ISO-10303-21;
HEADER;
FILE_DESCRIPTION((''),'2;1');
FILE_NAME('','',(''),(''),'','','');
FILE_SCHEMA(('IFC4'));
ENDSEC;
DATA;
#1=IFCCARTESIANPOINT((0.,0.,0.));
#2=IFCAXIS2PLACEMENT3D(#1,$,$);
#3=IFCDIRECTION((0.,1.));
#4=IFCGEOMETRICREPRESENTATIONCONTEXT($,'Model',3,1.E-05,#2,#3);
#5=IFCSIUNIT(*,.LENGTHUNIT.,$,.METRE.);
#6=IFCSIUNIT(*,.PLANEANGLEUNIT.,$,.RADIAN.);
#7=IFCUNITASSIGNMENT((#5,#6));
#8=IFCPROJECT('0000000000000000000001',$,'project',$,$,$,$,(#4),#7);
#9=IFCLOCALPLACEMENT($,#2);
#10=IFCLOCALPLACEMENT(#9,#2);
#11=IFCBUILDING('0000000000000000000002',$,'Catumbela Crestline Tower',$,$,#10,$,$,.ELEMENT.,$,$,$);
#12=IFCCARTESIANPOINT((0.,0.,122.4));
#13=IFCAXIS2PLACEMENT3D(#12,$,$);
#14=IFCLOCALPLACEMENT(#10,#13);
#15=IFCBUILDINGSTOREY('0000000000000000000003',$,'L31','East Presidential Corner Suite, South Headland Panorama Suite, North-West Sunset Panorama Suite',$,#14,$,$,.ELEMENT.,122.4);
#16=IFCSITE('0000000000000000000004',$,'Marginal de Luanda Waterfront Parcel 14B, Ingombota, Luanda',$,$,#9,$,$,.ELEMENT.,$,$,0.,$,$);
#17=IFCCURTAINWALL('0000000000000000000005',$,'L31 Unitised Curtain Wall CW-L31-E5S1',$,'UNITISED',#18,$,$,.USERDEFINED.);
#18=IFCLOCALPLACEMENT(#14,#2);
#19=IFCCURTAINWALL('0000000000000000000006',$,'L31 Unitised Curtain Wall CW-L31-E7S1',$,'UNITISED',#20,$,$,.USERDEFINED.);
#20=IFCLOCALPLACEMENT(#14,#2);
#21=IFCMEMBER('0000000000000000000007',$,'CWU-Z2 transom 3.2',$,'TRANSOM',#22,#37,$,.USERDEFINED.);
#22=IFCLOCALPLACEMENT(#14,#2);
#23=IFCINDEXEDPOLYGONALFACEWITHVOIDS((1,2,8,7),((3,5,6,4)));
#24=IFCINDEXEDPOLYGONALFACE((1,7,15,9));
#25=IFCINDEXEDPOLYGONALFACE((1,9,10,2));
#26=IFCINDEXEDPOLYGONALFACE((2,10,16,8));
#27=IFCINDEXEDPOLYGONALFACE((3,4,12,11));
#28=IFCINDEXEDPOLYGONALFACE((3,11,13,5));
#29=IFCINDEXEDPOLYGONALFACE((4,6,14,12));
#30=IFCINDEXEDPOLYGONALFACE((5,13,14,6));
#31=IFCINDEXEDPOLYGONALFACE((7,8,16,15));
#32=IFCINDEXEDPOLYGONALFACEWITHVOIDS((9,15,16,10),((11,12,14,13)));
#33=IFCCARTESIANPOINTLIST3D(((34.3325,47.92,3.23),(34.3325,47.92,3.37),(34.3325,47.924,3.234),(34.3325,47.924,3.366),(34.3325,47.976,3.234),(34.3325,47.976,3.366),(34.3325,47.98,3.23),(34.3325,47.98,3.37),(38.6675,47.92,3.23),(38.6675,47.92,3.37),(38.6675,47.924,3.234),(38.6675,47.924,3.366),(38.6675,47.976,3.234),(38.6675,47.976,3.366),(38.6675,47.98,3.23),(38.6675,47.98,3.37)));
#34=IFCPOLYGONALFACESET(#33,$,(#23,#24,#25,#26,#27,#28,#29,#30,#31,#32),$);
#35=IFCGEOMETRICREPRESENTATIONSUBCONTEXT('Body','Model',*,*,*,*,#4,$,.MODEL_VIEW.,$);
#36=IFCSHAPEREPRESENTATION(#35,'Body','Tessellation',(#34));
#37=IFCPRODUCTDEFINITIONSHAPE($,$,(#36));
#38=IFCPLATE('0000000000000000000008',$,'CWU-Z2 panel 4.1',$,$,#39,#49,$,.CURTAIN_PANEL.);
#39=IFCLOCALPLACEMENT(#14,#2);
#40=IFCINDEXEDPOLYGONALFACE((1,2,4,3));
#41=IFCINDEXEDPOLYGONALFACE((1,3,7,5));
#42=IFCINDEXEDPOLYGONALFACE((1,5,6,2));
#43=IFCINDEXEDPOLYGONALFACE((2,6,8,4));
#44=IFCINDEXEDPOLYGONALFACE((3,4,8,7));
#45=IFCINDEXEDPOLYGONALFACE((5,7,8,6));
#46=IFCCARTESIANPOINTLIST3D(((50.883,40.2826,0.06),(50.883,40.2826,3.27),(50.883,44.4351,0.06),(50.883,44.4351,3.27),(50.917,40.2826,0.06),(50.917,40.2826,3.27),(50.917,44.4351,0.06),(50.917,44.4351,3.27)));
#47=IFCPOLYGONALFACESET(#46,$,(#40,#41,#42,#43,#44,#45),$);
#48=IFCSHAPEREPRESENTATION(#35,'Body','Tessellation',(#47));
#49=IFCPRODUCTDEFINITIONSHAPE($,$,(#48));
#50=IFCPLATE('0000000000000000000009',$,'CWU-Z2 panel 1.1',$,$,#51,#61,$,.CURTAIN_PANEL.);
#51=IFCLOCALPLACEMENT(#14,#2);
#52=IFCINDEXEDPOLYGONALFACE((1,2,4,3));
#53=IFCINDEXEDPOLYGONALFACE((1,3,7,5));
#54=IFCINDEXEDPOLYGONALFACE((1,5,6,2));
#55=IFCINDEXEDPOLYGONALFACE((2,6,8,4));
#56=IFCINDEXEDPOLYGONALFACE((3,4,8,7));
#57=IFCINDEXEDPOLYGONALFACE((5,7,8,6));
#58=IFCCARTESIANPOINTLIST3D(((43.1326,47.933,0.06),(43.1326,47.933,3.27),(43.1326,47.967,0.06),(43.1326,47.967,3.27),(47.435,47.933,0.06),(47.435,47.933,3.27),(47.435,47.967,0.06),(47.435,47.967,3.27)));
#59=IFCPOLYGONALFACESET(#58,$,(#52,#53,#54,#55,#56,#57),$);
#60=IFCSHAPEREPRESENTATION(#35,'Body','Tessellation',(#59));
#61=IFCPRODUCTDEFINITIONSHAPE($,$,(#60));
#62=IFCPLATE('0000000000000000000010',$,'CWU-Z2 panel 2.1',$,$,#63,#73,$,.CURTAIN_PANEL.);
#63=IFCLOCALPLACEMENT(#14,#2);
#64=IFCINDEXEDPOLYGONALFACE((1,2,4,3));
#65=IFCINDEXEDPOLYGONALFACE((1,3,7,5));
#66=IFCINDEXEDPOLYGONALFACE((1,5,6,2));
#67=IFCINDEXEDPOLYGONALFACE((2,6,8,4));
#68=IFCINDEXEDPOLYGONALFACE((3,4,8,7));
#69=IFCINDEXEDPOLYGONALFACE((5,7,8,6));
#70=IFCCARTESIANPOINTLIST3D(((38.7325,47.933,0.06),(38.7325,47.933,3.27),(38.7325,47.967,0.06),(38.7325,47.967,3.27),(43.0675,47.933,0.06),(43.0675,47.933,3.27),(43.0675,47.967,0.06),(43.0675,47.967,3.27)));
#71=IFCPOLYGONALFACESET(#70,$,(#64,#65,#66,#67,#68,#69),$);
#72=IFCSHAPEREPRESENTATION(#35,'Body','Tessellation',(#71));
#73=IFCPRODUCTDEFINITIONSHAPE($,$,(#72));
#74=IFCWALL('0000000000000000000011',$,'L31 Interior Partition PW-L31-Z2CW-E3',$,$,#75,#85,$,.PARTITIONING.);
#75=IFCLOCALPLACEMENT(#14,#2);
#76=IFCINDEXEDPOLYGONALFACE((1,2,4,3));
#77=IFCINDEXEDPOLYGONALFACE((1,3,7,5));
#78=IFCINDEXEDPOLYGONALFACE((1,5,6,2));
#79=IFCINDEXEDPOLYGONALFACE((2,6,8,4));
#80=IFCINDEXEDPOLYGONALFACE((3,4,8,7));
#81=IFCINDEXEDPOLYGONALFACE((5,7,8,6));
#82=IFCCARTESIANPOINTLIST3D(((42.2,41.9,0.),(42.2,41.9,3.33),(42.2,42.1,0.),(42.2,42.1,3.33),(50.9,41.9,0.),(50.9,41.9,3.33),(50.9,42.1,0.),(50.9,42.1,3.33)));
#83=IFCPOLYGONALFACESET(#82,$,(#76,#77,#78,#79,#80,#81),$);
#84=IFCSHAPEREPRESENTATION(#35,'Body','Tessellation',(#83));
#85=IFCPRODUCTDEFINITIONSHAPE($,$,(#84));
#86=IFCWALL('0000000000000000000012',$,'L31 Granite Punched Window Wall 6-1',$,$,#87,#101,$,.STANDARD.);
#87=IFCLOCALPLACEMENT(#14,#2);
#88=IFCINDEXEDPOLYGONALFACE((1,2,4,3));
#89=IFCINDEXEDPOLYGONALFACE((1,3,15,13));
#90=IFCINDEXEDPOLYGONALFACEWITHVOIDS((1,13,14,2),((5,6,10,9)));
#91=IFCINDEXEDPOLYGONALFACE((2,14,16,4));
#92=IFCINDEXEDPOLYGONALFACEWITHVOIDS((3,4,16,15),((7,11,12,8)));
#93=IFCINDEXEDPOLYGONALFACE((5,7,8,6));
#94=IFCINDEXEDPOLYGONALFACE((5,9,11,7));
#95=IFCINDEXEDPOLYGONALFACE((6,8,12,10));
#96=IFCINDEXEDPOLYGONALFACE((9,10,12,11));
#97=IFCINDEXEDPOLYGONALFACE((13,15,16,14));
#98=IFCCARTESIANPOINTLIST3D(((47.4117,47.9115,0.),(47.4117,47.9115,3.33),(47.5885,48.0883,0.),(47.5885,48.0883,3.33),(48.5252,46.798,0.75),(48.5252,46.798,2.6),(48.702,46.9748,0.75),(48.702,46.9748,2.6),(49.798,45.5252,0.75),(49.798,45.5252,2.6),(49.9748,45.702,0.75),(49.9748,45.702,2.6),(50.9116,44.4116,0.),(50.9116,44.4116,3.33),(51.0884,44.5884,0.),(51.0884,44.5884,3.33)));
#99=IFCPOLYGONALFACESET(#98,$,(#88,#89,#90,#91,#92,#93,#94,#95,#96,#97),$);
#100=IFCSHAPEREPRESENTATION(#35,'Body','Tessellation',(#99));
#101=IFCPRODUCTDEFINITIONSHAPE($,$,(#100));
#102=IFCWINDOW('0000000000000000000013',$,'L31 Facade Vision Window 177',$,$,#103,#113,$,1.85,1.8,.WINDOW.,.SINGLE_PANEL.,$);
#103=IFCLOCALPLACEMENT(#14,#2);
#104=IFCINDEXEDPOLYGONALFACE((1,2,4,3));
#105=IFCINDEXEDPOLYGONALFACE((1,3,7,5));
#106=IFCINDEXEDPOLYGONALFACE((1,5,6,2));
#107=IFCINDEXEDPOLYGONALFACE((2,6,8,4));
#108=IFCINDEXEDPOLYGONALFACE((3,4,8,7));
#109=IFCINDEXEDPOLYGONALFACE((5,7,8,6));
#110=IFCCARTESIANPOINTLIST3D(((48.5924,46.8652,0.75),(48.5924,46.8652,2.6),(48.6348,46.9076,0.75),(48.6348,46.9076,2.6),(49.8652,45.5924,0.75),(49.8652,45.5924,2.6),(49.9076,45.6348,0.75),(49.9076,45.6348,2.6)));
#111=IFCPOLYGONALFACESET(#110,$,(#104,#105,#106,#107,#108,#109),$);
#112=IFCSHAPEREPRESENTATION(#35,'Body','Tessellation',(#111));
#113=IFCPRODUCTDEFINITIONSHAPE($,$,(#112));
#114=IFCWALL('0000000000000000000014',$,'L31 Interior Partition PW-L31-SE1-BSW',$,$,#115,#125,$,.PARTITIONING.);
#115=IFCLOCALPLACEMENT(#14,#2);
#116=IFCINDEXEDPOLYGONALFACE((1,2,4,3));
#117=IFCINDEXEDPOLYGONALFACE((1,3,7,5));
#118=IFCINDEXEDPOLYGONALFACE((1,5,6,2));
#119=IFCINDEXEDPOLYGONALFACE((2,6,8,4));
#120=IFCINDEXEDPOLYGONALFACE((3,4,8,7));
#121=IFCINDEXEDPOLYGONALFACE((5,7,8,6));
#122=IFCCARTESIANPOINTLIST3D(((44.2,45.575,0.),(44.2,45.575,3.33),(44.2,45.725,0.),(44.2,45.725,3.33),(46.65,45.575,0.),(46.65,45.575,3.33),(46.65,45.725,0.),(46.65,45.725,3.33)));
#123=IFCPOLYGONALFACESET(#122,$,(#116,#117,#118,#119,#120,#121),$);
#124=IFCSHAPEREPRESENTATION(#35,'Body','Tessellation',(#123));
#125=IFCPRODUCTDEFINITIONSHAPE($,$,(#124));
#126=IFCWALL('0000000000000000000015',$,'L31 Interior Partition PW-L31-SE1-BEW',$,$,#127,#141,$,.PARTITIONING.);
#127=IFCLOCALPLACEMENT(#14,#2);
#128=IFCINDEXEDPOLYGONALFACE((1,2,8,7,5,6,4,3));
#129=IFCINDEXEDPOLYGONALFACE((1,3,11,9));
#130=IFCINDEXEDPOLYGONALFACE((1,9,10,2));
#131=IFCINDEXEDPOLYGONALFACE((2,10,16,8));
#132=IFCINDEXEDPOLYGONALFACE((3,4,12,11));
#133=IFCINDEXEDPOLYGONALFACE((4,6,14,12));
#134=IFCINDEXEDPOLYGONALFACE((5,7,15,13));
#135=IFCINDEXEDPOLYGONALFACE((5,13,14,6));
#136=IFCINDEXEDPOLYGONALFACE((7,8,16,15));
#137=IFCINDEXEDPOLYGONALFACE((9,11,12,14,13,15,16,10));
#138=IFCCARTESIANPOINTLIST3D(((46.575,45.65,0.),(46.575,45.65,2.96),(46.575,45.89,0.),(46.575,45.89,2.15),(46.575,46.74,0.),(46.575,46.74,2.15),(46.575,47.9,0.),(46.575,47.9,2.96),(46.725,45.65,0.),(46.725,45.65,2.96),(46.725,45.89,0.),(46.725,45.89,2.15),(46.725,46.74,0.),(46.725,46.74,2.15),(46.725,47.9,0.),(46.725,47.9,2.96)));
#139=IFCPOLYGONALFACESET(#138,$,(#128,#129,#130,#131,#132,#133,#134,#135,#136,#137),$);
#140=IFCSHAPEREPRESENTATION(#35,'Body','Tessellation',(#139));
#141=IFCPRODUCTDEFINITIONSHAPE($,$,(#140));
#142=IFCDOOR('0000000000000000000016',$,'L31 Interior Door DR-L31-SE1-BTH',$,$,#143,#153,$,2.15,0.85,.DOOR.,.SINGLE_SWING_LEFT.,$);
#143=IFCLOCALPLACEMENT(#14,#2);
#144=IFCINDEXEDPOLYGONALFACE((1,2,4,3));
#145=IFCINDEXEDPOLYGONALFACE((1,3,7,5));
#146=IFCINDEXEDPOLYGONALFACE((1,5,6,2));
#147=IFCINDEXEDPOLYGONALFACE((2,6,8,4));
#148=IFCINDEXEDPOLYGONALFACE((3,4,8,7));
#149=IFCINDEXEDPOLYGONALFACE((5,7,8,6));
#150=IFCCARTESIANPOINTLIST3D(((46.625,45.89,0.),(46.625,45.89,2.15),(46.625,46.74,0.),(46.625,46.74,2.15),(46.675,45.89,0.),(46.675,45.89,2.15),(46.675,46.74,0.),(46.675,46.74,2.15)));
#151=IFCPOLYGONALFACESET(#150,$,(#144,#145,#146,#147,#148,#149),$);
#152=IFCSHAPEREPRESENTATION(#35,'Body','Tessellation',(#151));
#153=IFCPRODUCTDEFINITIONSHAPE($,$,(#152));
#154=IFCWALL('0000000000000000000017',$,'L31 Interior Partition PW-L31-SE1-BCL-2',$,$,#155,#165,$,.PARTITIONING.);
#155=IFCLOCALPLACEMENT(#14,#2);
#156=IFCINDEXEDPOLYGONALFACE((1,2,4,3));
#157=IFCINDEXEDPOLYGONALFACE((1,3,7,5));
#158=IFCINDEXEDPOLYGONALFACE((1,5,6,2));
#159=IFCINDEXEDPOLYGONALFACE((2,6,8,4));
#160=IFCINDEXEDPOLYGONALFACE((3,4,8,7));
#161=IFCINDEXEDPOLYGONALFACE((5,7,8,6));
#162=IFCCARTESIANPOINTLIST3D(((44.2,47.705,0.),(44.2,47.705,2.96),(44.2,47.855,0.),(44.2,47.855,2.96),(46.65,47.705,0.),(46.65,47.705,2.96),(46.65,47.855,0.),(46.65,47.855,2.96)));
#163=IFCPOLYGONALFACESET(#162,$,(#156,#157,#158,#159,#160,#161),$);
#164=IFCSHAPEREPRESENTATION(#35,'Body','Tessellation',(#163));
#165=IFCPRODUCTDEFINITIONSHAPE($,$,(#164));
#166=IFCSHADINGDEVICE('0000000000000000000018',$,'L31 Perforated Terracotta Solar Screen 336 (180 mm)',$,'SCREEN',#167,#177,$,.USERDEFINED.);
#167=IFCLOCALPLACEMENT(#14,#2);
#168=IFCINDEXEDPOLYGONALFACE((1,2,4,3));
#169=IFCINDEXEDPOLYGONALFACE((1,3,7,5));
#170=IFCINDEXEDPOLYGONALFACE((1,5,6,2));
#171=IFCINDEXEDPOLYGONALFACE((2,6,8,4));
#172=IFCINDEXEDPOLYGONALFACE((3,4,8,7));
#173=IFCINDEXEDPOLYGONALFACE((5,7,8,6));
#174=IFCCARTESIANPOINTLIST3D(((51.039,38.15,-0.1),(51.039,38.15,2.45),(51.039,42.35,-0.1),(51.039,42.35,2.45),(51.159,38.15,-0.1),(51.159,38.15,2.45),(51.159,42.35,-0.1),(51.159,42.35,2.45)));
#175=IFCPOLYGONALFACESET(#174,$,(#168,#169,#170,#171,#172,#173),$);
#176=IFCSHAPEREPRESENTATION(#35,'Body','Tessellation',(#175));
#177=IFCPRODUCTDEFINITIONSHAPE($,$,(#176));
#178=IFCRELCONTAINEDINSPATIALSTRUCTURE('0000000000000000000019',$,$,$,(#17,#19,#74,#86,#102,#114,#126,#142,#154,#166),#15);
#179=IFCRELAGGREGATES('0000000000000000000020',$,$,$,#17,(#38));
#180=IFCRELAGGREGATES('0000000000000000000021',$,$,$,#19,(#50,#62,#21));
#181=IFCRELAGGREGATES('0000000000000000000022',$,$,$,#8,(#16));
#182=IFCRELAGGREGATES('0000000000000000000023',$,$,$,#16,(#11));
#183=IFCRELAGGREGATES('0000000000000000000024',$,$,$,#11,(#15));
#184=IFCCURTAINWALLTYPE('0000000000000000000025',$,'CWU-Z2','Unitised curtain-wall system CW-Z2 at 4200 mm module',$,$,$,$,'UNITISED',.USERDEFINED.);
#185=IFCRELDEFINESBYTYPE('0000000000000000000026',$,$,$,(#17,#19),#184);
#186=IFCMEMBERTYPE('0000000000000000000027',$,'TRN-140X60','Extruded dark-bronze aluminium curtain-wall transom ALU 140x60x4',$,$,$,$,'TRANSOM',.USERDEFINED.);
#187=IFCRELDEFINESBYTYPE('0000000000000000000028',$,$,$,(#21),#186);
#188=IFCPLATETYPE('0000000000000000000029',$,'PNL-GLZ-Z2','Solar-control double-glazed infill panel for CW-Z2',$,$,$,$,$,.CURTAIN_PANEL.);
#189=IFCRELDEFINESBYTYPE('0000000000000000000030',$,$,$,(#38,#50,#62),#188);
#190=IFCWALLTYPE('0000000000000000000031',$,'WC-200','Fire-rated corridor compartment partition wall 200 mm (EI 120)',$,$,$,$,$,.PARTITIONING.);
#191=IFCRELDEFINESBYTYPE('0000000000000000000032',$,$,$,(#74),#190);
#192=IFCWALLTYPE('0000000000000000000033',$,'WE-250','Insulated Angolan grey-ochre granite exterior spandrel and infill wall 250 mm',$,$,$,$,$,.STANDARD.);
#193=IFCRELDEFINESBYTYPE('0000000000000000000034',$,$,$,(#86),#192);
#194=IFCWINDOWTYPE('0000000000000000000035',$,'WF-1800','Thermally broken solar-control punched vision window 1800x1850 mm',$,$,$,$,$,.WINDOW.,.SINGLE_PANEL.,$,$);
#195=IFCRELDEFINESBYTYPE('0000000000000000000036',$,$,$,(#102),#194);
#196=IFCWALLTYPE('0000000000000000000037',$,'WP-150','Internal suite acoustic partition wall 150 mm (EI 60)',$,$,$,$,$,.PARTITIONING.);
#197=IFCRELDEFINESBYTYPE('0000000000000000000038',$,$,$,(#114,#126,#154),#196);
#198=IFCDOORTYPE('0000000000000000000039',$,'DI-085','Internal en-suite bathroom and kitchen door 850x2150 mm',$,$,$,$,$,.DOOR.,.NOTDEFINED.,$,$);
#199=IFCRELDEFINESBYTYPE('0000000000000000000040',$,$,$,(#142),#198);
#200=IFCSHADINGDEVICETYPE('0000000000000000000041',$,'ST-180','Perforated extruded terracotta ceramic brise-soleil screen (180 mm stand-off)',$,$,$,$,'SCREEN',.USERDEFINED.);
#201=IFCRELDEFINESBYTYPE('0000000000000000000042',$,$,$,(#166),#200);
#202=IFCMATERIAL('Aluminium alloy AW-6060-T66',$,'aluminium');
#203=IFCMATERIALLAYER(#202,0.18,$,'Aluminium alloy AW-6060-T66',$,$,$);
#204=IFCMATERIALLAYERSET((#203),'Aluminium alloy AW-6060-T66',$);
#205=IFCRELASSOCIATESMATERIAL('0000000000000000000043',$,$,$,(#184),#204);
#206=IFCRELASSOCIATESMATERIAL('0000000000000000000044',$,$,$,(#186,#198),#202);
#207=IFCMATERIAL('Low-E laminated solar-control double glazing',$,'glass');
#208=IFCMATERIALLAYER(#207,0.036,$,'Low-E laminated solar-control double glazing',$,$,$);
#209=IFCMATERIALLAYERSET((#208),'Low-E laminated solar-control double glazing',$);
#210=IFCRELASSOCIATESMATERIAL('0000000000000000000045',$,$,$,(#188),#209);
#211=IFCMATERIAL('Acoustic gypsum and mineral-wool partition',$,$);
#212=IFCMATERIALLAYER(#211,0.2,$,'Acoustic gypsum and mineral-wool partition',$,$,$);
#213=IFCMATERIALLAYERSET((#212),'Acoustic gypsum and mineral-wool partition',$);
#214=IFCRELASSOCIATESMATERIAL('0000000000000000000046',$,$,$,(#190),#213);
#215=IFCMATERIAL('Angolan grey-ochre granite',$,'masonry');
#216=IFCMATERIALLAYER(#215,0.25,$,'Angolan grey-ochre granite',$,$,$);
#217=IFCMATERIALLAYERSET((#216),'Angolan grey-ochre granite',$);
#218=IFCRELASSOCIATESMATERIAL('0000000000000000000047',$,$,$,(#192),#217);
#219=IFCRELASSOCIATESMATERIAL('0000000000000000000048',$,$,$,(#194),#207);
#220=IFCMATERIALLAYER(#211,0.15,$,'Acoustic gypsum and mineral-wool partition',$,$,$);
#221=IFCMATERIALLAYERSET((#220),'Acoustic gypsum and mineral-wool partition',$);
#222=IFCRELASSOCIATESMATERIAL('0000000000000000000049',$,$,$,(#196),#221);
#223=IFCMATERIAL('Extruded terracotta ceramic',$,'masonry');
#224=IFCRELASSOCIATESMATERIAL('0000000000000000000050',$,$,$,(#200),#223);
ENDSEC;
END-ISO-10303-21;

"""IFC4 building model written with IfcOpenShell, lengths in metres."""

from ifc_helpers import new_model, si_unit, direction, frame, frame_2d, origin, origin_2d, place, context, subcontext, project, spatial, rectangle, hollow_rectangle, extrude, material, layer, layer_set, material_profile, profile_set, type_object, element, fill, aggregate, save


model = new_model("IFC4")

# Units and contexts
model_context = context("Model", 3, precision=1e-05, world=origin(), true_north=direction((0.0, 1.0)))
body_context = subcontext(model_context, "Body", "Model", "MODEL_VIEW")
ifc_project = project(units=[si_unit("LENGTHUNIT", "METRE"), si_unit("PLANEANGLEUNIT", "RADIAN")], contexts=[model_context])

# Site, building, storey
site_placement = place(None, origin())
site = spatial("IfcSite", under=ifc_project, at=site_placement, Name="Marginal de Luanda Waterfront Parcel 14B, Ingombota, Luanda", CompositionType="ELEMENT", RefElevation=0.0)
building_placement = place(site_placement, origin())
building = spatial("IfcBuilding", under=site, at=building_placement, Name="Catumbela Crestline Tower", CompositionType="ELEMENT")
storey_placement = place(building_placement, frame((0.0, 0.0, 122.4)))
storey = spatial("IfcBuildingStorey", under=building, at=storey_placement, Name="L31", Description="East Presidential Corner Suite, South Headland Panorama Suite, North-West Sunset Panorama Suite", CompositionType="ELEMENT", Elevation=122.4)

# Curtain walls
ifc_material_1 = material(Name="Aluminium alloy AW-6060-T66", Category="aluminium")
ifc_layer_1 = layer(ifc_material_1, 0.18, Name="Aluminium alloy AW-6060-T66")
ifc_layer_set_1 = layer_set([ifc_layer_1], Name="Aluminium alloy AW-6060-T66")
curtain_wall_type = type_object("IfcCurtainWallType", Name="CWU-Z2", Description="Unitised curtain-wall system CW-Z2 at 4200 mm module", ElementType="UNITISED", PredefinedType="USERDEFINED", material=ifc_layer_set_1)
curtain_wall_1_placement = place(storey_placement, origin())
curtain_wall_1 = element("IfcCurtainWall", 1, at=curtain_wall_1_placement, inside=storey, type_object=curtain_wall_type, Name="L31 Unitised Curtain Wall CW-L31-E5S1", ObjectType="UNITISED", PredefinedType="USERDEFINED")
curtain_wall_2_placement = place(storey_placement, origin())
curtain_wall_2 = element("IfcCurtainWall", 2, at=curtain_wall_2_placement, inside=storey, type_object=curtain_wall_type, Name="L31 Unitised Curtain Wall CW-L31-E7S1", ObjectType="UNITISED", PredefinedType="USERDEFINED")

# Member
ifc_material_profile_1 = material_profile(ifc_material_1, hollow_rectangle(XDim=0.06, YDim=0.14, WallThickness=0.004, at=origin_2d()), Name="ALU 140x60x4")
ifc_profile_set_1 = profile_set([ifc_material_profile_1], Name="Aluminium alloy AW-6060-T66")
member_type_1 = type_object("IfcMemberType", Name="TRN-140X60", Description="Extruded dark-bronze aluminium curtain-wall transom ALU 140x60x4", ElementType="TRANSOM", PredefinedType="USERDEFINED", material=ifc_profile_set_1)
member_1_placement = place(storey_placement, frame((38.6675, 47.95, 3.3), z_axis=(-1.0, 0.0, 0.0), x_axis=(0.0, -1.0, 0.0)))
member_1 = element("IfcMember", 3, at=member_1_placement, type_object=member_type_1, Name="CWU-Z2 transom 3.2", ObjectType="TRANSOM", PredefinedType="USERDEFINED", context=body_context, shape_type="SweptSolid", body=[
    extrude(hollow_rectangle(XDim=0.06, YDim=0.14, WallThickness=0.004, at=origin_2d()), origin(), (0.0, 0.0, 1.0), 4.335),
])

# Plates
ifc_material_2 = material(Name="Low-E laminated solar-control double glazing", Category="glass")
ifc_layer_2 = layer(ifc_material_2, 0.036, Name="Low-E laminated solar-control double glazing")
ifc_layer_set_2 = layer_set([ifc_layer_2], Name="Low-E laminated solar-control double glazing")
plate_type = type_object("IfcPlateType", Name="PNL-GLZ-Z2", Description="Solar-control double-glazed infill panel for CW-Z2", PredefinedType="CURTAIN_PANEL", material=ifc_layer_set_2)
plate_1_placement = place(storey_placement, frame((50.9, 42.3588, 0.06), z_axis=(0.0, 0.0, 1.0), x_axis=(0.0, 1.0, 0.0)))
plate_1 = element("IfcPlate", 4, at=plate_1_placement, type_object=plate_type, Name="CWU-Z2 panel 4.1", PredefinedType="CURTAIN_PANEL", context=body_context, shape_type="SweptSolid", body=[
    extrude(rectangle(XDim=4.1525, YDim=0.034, at=origin_2d()), origin(), (0.0, 0.0, 1.0), 3.21),
])
aggregate(curtain_wall_1, [plate_1])
plate_2_placement = place(storey_placement, frame((45.2838, 47.95, 0.06), z_axis=(0.0, 0.0, 1.0), x_axis=(-1.0, 0.0, 0.0)))
plate_2 = element("IfcPlate", 5, at=plate_2_placement, type_object=plate_type, Name="CWU-Z2 panel 1.1", PredefinedType="CURTAIN_PANEL", context=body_context, shape_type="SweptSolid", body=[
    extrude(rectangle(XDim=4.3025, YDim=0.034, at=origin_2d()), origin(), (0.0, 0.0, 1.0), 3.21),
])
plate_3_placement = place(storey_placement, frame((40.9, 47.95, 0.06), z_axis=(0.0, 0.0, 1.0), x_axis=(-1.0, 0.0, 0.0)))
plate_3 = element("IfcPlate", 6, at=plate_3_placement, type_object=plate_type, Name="CWU-Z2 panel 2.1", PredefinedType="CURTAIN_PANEL", context=body_context, shape_type="SweptSolid", body=[
    extrude(rectangle(XDim=4.335, YDim=0.034, at=origin_2d()), origin(), (0.0, 0.0, 1.0), 3.21),
])
aggregate(curtain_wall_2, [plate_2, plate_3, member_1])

# Wall
ifc_material_3 = material(Name="Acoustic gypsum and mineral-wool partition")
ifc_layer_3 = layer(ifc_material_3, 0.2, Name="Acoustic gypsum and mineral-wool partition")
ifc_layer_set_3 = layer_set([ifc_layer_3], Name="Acoustic gypsum and mineral-wool partition")
wall_type_1 = type_object("IfcWallType", Name="WC-200", Description="Fire-rated corridor compartment partition wall 200 mm (EI 120)", PredefinedType="PARTITIONING", material=ifc_layer_set_3)
wall_1_placement = place(storey_placement, frame((42.2, 42.0, 0.0), z_axis=(0.0, 0.0, 1.0), x_axis=(1.0, 0.0, 0.0)))
element("IfcWall", 7, at=wall_1_placement, inside=storey, type_object=wall_type_1, Name="L31 Interior Partition PW-L31-Z2CW-E3", PredefinedType="PARTITIONING", context=body_context, shape_type="SweptSolid", body=[
    extrude(rectangle(XDim=8.7, YDim=0.2, at=frame_2d((4.35, 0.0))), origin(), (0.0, 0.0, 1.0), 3.33),
])

# Wall, opening, window
ifc_material_4 = material(Name="Angolan grey-ochre granite", Category="masonry")
ifc_layer_4 = layer(ifc_material_4, 0.25, Name="Angolan grey-ochre granite")
ifc_layer_set_4 = layer_set([ifc_layer_4], Name="Angolan grey-ochre granite")
wall_type_2 = type_object("IfcWallType", Name="WE-250", Description="Insulated Angolan grey-ochre granite exterior spandrel and infill wall 250 mm", PredefinedType="STANDARD", material=ifc_layer_set_4)
wall_2_placement = place(storey_placement, frame((51.0, 44.5, 0.0), z_axis=(0.0, 0.0, 1.0), x_axis=(-0.707107, 0.707107, 0.0)))
wall_2 = element("IfcWall", 8, at=wall_2_placement, inside=storey, type_object=wall_type_2, Name="L31 Granite Punched Window Wall 6-1", PredefinedType="STANDARD", context=body_context, shape_type="SweptSolid", body=[
    extrude(rectangle(XDim=4.9497, YDim=0.25, at=frame_2d((2.4748, 0.0))), origin(), (0.0, 0.0, 1.0), 3.33),
])
opening_1_placement = place(wall_2_placement, frame((1.5749, 0.0, 0.75)))
opening_1 = element("IfcOpeningElement", 9, at=opening_1_placement, cuts=wall_2, PredefinedType="OPENING", context=body_context, shape_type="SweptSolid", body=[
    extrude(rectangle(XDim=1.8, YDim=1.85, at=frame_2d((0.9, 0.925))), frame((0.0, 0.135, 0.0), z_axis=(0.0, -1.0, 0.0), x_axis=(1.0, 0.0, 0.0)), (0.0, 0.0, 1.0), 0.27),
])
window_type = type_object("IfcWindowType", Name="WF-1800", Description="Thermally broken solar-control punched vision window 1800x1850 mm", PartitioningType="SINGLE_PANEL", PredefinedType="WINDOW", material=ifc_material_2)
window_placement = place(opening_1_placement, origin())
window = element("IfcWindow", 10, at=window_placement, inside=storey, type_object=window_type, Name="L31 Facade Vision Window 177", OverallHeight=1.85, OverallWidth=1.8, PartitioningType="SINGLE_PANEL", PredefinedType="WINDOW", context=body_context, shape_type="SweptSolid", body=[
    extrude(rectangle(XDim=1.8, YDim=1.85, at=frame_2d((0.9, 0.925))), frame((0.0, 0.03, 0.0), z_axis=(0.0, -1.0, 0.0), x_axis=(1.0, 0.0, 0.0)), (0.0, 0.0, 1.0), 0.06),
])
fill(opening_1, window)

# Wall
ifc_layer_5 = layer(ifc_material_3, 0.15, Name="Acoustic gypsum and mineral-wool partition")
ifc_layer_set_5 = layer_set([ifc_layer_5], Name="Acoustic gypsum and mineral-wool partition")
wall_type_3 = type_object("IfcWallType", Name="WP-150", Description="Internal suite acoustic partition wall 150 mm (EI 60)", PredefinedType="PARTITIONING", material=ifc_layer_set_5)
wall_3_placement = place(storey_placement, frame((44.2, 45.65, 0.0), z_axis=(0.0, 0.0, 1.0), x_axis=(1.0, 0.0, 0.0)))
element("IfcWall", 11, at=wall_3_placement, inside=storey, type_object=wall_type_3, Name="L31 Interior Partition PW-L31-SE1-BSW", PredefinedType="PARTITIONING", context=body_context, shape_type="SweptSolid", body=[
    extrude(rectangle(XDim=2.45, YDim=0.15, at=frame_2d((1.225, 0.0))), origin(), (0.0, 0.0, 1.0), 3.33),
])

# Wall, opening, door
wall_4_placement = place(storey_placement, frame((46.65, 45.65, 0.0), z_axis=(0.0, 0.0, 1.0), x_axis=(0.0, 1.0, 0.0)))
wall_4 = element("IfcWall", 12, at=wall_4_placement, inside=storey, type_object=wall_type_3, Name="L31 Interior Partition PW-L31-SE1-BEW", PredefinedType="PARTITIONING", context=body_context, shape_type="SweptSolid", body=[
    extrude(rectangle(XDim=2.25, YDim=0.15, at=frame_2d((1.125, 0.0))), origin(), (0.0, 0.0, 1.0), 2.96),
])
opening_2_placement = place(wall_4_placement, frame((0.24, 0.0, 0.0)))
opening_2 = element("IfcOpeningElement", 13, at=opening_2_placement, cuts=wall_4, PredefinedType="OPENING", context=body_context, shape_type="SweptSolid", body=[
    extrude(rectangle(XDim=0.85, YDim=2.15, at=frame_2d((0.425, 1.075))), frame((0.0, 0.085, 0.0), z_axis=(0.0, -1.0, 0.0), x_axis=(1.0, 0.0, 0.0)), (0.0, 0.0, 1.0), 0.17),
])
door_type = type_object("IfcDoorType", Name="DI-085", Description="Internal en-suite bathroom and kitchen door 850x2150 mm", OperationType="NOTDEFINED", PredefinedType="DOOR", material=ifc_material_1)
door_placement = place(opening_2_placement, origin())
door = element("IfcDoor", 14, at=door_placement, inside=storey, type_object=door_type, Name="L31 Interior Door DR-L31-SE1-BTH", OperationType="SINGLE_SWING_LEFT", OverallHeight=2.15, OverallWidth=0.85, PredefinedType="DOOR", context=body_context, shape_type="SweptSolid", body=[
    extrude(rectangle(XDim=0.85, YDim=2.15, at=frame_2d((0.425, 1.075))), frame((0.0, 0.025, 0.0), z_axis=(0.0, -1.0, 0.0), x_axis=(1.0, 0.0, 0.0)), (0.0, 0.0, 1.0), 0.05),
])
fill(opening_2, door)

# Wall
wall_5_placement = place(storey_placement, frame((44.2, 47.78, 0.0), z_axis=(0.0, 0.0, 1.0), x_axis=(1.0, 0.0, 0.0)))
element("IfcWall", 15, at=wall_5_placement, inside=storey, type_object=wall_type_3, Name="L31 Interior Partition PW-L31-SE1-BCL-2", PredefinedType="PARTITIONING", context=body_context, shape_type="SweptSolid", body=[
    extrude(rectangle(XDim=2.45, YDim=0.15, at=frame_2d((1.225, 0.0))), origin(), (0.0, 0.0, 1.0), 2.96),
])

# Shading device
ifc_material_5 = material(Name="Extruded terracotta ceramic", Category="masonry")
shading_device_type = type_object("IfcShadingDeviceType", Name="ST-180", Description="Perforated extruded terracotta ceramic brise-soleil screen (180 mm stand-off)", ElementType="SCREEN", PredefinedType="USERDEFINED", material=ifc_material_5)
shading_device_placement = place(storey_placement, frame((51.099, 40.25, -0.1), z_axis=(0.0, 0.0, 1.0), x_axis=(0.0, 1.0, 0.0)))
element("IfcShadingDevice", 16, at=shading_device_placement, inside=storey, type_object=shading_device_type, Name="L31 Perforated Terracotta Solar Screen 336 (180 mm)", ObjectType="SCREEN", PredefinedType="USERDEFINED", context=body_context, shape_type="SweptSolid", body=[
    extrude(rectangle(XDim=4.2, YDim=0.12, at=origin_2d()), origin(), (0.0, 0.0, 1.0), 2.55),
])

save(model, "model.ifc")
